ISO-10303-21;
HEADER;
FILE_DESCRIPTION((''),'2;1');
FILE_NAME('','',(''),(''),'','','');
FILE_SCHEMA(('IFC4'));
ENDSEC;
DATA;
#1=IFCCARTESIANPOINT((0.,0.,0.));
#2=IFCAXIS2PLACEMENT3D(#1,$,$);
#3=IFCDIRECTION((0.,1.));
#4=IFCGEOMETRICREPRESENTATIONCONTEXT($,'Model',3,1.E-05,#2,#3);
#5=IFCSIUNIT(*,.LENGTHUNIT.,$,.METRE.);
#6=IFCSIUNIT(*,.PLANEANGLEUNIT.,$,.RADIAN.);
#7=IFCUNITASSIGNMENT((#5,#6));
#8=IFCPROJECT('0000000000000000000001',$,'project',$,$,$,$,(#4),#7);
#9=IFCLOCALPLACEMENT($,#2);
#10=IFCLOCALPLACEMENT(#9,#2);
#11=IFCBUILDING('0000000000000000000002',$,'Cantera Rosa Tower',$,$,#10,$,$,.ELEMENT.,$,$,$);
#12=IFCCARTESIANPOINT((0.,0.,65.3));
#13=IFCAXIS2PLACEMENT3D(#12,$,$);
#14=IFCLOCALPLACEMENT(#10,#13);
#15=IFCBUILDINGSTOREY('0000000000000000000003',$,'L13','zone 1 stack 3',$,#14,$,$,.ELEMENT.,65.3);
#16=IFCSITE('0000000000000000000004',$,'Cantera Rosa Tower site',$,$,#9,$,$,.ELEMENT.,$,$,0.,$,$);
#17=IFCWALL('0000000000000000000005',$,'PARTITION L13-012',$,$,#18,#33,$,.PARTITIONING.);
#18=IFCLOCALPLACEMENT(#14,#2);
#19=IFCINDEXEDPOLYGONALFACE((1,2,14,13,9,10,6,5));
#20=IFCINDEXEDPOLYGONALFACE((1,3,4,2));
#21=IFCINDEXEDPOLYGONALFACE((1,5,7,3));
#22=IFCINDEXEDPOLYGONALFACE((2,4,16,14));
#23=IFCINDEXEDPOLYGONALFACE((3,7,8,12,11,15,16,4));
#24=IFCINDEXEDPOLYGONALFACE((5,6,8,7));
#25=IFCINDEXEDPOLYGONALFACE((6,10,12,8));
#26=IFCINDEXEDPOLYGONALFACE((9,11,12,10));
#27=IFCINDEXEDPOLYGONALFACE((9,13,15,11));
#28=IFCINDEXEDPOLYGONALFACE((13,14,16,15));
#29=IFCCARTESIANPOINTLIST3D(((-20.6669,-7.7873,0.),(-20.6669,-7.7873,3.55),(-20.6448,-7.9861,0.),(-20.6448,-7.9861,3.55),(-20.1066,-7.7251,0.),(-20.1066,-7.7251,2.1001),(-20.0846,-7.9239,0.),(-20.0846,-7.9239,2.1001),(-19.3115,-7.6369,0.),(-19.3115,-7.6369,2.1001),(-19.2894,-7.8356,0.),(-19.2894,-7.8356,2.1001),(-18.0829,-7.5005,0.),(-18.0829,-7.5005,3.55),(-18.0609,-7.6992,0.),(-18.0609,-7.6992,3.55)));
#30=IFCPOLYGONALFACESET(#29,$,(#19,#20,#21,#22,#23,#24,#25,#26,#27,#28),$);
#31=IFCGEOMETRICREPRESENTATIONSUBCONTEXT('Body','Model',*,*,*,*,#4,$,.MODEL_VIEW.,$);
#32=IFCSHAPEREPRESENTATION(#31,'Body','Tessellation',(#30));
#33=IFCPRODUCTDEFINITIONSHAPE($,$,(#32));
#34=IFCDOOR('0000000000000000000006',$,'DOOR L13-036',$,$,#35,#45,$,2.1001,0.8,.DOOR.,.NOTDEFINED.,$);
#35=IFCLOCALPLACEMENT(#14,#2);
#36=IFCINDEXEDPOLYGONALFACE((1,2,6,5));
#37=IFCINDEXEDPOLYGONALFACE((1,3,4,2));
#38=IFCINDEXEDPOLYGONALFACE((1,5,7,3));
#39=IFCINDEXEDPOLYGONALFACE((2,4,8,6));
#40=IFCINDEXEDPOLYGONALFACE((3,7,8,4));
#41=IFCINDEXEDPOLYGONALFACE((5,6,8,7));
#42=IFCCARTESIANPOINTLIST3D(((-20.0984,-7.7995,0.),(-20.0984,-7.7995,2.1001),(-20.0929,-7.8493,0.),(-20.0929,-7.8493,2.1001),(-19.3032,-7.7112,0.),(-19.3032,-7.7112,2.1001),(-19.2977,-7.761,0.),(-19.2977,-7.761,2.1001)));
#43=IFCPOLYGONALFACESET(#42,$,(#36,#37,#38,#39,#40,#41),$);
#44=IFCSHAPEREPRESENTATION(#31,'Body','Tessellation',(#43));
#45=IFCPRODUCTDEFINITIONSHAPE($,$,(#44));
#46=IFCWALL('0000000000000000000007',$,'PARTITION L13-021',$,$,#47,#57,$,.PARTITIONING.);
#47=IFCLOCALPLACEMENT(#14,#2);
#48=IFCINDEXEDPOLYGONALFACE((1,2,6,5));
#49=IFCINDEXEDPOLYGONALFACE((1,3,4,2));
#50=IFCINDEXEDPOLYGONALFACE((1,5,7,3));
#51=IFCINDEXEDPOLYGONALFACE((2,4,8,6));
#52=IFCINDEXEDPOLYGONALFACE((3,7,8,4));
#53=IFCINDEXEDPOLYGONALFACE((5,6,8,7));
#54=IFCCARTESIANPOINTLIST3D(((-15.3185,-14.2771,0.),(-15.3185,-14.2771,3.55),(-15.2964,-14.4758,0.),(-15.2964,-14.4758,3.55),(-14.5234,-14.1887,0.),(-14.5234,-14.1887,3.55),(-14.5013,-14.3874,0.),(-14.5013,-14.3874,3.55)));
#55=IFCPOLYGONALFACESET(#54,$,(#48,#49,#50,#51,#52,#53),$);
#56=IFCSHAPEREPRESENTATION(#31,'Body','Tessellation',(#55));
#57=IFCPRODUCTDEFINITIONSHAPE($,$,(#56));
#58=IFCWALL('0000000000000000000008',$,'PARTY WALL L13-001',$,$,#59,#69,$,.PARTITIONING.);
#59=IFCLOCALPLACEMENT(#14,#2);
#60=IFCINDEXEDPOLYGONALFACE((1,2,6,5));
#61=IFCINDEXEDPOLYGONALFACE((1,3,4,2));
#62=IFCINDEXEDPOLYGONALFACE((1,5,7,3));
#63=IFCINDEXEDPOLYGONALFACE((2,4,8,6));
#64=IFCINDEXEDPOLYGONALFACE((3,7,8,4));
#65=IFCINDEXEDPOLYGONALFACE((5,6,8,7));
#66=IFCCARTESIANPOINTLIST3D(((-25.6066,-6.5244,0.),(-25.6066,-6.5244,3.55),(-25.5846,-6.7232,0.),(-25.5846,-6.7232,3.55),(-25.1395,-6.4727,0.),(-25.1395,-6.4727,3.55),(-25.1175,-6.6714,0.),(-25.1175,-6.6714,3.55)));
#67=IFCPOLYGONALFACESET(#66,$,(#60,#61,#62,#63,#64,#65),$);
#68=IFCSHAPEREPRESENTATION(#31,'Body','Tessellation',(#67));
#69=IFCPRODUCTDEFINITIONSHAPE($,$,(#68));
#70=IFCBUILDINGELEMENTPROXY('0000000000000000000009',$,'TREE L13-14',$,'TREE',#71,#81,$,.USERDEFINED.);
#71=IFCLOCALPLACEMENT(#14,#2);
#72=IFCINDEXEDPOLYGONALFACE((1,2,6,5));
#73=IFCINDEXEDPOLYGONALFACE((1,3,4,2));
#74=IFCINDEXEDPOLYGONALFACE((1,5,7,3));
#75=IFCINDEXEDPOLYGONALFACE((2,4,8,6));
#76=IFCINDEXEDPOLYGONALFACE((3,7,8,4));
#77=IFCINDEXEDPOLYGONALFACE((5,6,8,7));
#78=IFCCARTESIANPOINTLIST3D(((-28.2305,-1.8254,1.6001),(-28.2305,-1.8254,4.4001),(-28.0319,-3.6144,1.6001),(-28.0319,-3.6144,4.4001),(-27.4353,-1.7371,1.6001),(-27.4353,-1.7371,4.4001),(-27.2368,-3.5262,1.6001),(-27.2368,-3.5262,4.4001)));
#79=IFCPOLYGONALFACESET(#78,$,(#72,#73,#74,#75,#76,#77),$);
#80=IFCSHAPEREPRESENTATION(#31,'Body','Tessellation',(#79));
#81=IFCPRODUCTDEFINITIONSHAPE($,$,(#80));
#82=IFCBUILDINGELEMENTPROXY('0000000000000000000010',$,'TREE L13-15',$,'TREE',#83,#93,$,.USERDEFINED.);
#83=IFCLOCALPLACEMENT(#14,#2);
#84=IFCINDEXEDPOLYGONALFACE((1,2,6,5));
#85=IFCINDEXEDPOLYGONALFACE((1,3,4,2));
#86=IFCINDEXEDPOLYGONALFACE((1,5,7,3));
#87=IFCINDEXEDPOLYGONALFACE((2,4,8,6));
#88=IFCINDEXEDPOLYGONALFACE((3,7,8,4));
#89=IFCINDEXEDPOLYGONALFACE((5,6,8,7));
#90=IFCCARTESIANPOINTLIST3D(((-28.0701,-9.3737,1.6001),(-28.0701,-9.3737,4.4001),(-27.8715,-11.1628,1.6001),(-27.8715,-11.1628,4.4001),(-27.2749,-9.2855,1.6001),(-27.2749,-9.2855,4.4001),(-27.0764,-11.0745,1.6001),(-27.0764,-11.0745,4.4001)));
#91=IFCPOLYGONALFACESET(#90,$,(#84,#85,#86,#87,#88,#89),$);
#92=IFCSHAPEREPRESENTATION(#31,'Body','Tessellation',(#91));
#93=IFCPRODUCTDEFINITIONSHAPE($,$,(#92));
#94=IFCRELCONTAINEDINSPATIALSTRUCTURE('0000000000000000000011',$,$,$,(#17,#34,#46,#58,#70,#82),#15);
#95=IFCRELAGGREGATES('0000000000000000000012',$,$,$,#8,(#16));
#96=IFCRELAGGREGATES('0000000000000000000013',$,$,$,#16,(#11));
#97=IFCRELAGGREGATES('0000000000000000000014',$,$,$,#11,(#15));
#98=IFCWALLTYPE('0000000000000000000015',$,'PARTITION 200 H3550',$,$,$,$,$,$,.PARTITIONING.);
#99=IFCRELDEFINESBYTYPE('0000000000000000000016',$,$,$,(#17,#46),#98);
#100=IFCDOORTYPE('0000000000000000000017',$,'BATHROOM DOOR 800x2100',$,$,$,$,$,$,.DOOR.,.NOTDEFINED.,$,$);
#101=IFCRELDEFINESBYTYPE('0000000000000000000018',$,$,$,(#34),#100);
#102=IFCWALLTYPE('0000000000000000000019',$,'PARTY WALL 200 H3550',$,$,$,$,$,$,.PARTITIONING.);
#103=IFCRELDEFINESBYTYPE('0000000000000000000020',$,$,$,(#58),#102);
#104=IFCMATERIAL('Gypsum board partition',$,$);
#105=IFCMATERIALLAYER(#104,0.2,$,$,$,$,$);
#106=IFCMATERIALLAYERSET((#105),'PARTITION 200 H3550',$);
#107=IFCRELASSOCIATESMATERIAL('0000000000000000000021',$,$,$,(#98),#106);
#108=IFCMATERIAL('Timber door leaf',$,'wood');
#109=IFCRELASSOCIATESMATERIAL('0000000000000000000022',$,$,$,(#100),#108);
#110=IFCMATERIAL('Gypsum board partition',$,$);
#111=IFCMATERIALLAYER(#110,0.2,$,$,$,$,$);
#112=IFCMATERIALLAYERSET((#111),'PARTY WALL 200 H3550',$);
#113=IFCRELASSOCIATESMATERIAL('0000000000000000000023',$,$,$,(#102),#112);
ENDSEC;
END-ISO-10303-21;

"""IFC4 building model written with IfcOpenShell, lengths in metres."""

from ifc_helpers import new_model, si_unit, direction, frame, frame_2d, origin, origin_2d, place, context, subcontext, project, spatial, rectangle, extrude, material, layer, layer_set, type_object, element, fill, save


model = new_model("IFC4")

# Units and contexts
model_context = context("Model", 3, precision=1e-05, world=origin(), true_north=direction((0.0, 1.0)))
body_context = subcontext(model_context, "Body", "Model", "MODEL_VIEW")
ifc_project = project(units=[si_unit("LENGTHUNIT", "METRE"), si_unit("PLANEANGLEUNIT", "RADIAN")], contexts=[model_context])

# Site, building, storey
site_placement = place(None, origin())
site = spatial("IfcSite", under=ifc_project, at=site_placement, Name="Cantera Rosa Tower site", CompositionType="ELEMENT", RefElevation=0.0)
building_placement = place(site_placement, origin())
building = spatial("IfcBuilding", under=site, at=building_placement, Name="Cantera Rosa Tower", CompositionType="ELEMENT")
storey_placement = place(building_placement, frame((0.0, 0.0, 65.3)))
storey = spatial("IfcBuildingStorey", under=building, at=storey_placement, Name="L13", Description="zone 1 stack 3", CompositionType="ELEMENT", Elevation=65.3)

# Shared definitions
ifc_material_1 = material(Name="Gypsum board partition")
ifc_layer_1 = layer(ifc_material_1, 0.2)
ifc_layer_set_1 = layer_set([ifc_layer_1], Name="PARTITION 200 H3550")
wall_type_1 = type_object("IfcWallType", Name="PARTITION 200 H3550", PredefinedType="PARTITIONING", material=ifc_layer_set_1)

# Wall, opening, door
wall_1_placement = place(storey_placement, frame((-18.072, -7.5999, 0.0), z_axis=(0.0, 0.0, 1.0), x_axis=(-0.993894, -0.110339, 0.0)))
wall_1 = element("IfcWall", 1, at=wall_1_placement, inside=storey, type_object=wall_type_1, Name="PARTITION L13-012", PredefinedType="PARTITIONING", context=body_context, shape_type="SweptSolid", body=[
    extrude(rectangle(XDim=2.5999, YDim=0.2, at=frame_2d((1.2998, 0.0))), origin(), (0.0, 0.0, 1.0), 3.55),
])
opening_1_placement = place(wall_1_placement, frame((1.2361, 0.0, 0.0)))
opening_1 = element("IfcOpeningElement", 2, at=opening_1_placement, cuts=wall_1, PredefinedType="OPENING", context=body_context, shape_type="SweptSolid", body=[
    extrude(rectangle(XDim=0.8, YDim=2.1001, at=frame_2d((0.3999, 1.05))), frame((0.0, 0.1099, 0.0), z_axis=(0.0, -1.0, 0.0), x_axis=(1.0, 0.0, 0.0)), (0.0, 0.0, 1.0), 0.22),
])
ifc_material_2 = material(Name="Timber door leaf", Category="wood")
door_type_1 = type_object("IfcDoorType", Name="BATHROOM DOOR 800x2100", OperationType="NOTDEFINED", PredefinedType="DOOR", material=ifc_material_2)
door_1_placement = place(opening_1_placement, origin())
door_1 = element("IfcDoor", 3, at=door_1_placement, inside=storey, type_object=door_type_1, Name="DOOR L13-036", OperationType="NOTDEFINED", OverallHeight=2.1001, OverallWidth=0.8, PredefinedType="DOOR", context=body_context, shape_type="SweptSolid", body=[
    extrude(rectangle(XDim=0.8, YDim=2.1001, at=frame_2d((0.3999, 1.05))), frame((0.0, 0.0249, 0.0), z_axis=(0.0, -1.0, 0.0), x_axis=(1.0, 0.0, 0.0)), (0.0, 0.0, 1.0), 0.05),
])
fill(opening_1, door_1)

# Walls
wall_2_placement = place(storey_placement, frame((-14.5125, -14.2881, 0.0), z_axis=(0.0, 0.0, 1.0), x_axis=(-0.99388, -0.110465, 0.0)))
element("IfcWall", 4, at=wall_2_placement, inside=storey, type_object=wall_type_1, Name="PARTITION L13-021", PredefinedType="PARTITIONING", context=body_context, shape_type="SweptSolid", body=[
    extrude(rectangle(XDim=0.8, YDim=0.2, at=frame_2d((0.3999, 0.0))), origin(), (0.0, 0.0, 1.0), 3.55),
])
ifc_material_3 = material(Name="Gypsum board partition")
ifc_layer_2 = layer(ifc_material_3, 0.2)
ifc_layer_set_2 = layer_set([ifc_layer_2], Name="PARTY WALL 200 H3550")
wall_type_2 = type_object("IfcWallType", Name="PARTY WALL 200 H3550", PredefinedType="PARTITIONING", material=ifc_layer_set_2)
wall_3_placement = place(storey_placement, frame((-25.5955, -6.6238, 0.0), z_axis=(0.0, 0.0, 1.0), x_axis=(0.993915, 0.110146, 0.0)))
element("IfcWall", 5, at=wall_3_placement, inside=storey, type_object=wall_type_2, Name="PARTY WALL L13-001", PredefinedType="PARTITIONING", context=body_context, shape_type="SweptSolid", body=[
    extrude(rectangle(XDim=0.47, YDim=0.2, at=frame_2d((0.2349, 0.0))), origin(), (0.0, 0.0, 1.0), 3.55),
])

# Building element proxies
for number, where, z_axis, x_axis, name in (
    (6, (-27.7336, -2.6758, 1.6001), (0.0, 0.0, 1.0), (0.110313, -0.993897, 0.0), "TREE L13-14"),
    (7, (-27.5732, -10.2241, 1.6001), (0.0, 0.0, 1.0), (0.110313, -0.993897, 0.0), "TREE L13-15"),
):
    element("IfcBuildingElementProxy", number, at=place(storey_placement, frame(where, z_axis=z_axis, x_axis=x_axis)), inside=storey, Name=name, ObjectType="TREE", PredefinedType="USERDEFINED", context=body_context, shape_type="SweptSolid", body=[
        extrude(rectangle(XDim=1.8, YDim=0.8, at=origin_2d()), origin(), (0.0, 0.0, 1.0), 2.8),
    ])

save(model, "model.ifc")
